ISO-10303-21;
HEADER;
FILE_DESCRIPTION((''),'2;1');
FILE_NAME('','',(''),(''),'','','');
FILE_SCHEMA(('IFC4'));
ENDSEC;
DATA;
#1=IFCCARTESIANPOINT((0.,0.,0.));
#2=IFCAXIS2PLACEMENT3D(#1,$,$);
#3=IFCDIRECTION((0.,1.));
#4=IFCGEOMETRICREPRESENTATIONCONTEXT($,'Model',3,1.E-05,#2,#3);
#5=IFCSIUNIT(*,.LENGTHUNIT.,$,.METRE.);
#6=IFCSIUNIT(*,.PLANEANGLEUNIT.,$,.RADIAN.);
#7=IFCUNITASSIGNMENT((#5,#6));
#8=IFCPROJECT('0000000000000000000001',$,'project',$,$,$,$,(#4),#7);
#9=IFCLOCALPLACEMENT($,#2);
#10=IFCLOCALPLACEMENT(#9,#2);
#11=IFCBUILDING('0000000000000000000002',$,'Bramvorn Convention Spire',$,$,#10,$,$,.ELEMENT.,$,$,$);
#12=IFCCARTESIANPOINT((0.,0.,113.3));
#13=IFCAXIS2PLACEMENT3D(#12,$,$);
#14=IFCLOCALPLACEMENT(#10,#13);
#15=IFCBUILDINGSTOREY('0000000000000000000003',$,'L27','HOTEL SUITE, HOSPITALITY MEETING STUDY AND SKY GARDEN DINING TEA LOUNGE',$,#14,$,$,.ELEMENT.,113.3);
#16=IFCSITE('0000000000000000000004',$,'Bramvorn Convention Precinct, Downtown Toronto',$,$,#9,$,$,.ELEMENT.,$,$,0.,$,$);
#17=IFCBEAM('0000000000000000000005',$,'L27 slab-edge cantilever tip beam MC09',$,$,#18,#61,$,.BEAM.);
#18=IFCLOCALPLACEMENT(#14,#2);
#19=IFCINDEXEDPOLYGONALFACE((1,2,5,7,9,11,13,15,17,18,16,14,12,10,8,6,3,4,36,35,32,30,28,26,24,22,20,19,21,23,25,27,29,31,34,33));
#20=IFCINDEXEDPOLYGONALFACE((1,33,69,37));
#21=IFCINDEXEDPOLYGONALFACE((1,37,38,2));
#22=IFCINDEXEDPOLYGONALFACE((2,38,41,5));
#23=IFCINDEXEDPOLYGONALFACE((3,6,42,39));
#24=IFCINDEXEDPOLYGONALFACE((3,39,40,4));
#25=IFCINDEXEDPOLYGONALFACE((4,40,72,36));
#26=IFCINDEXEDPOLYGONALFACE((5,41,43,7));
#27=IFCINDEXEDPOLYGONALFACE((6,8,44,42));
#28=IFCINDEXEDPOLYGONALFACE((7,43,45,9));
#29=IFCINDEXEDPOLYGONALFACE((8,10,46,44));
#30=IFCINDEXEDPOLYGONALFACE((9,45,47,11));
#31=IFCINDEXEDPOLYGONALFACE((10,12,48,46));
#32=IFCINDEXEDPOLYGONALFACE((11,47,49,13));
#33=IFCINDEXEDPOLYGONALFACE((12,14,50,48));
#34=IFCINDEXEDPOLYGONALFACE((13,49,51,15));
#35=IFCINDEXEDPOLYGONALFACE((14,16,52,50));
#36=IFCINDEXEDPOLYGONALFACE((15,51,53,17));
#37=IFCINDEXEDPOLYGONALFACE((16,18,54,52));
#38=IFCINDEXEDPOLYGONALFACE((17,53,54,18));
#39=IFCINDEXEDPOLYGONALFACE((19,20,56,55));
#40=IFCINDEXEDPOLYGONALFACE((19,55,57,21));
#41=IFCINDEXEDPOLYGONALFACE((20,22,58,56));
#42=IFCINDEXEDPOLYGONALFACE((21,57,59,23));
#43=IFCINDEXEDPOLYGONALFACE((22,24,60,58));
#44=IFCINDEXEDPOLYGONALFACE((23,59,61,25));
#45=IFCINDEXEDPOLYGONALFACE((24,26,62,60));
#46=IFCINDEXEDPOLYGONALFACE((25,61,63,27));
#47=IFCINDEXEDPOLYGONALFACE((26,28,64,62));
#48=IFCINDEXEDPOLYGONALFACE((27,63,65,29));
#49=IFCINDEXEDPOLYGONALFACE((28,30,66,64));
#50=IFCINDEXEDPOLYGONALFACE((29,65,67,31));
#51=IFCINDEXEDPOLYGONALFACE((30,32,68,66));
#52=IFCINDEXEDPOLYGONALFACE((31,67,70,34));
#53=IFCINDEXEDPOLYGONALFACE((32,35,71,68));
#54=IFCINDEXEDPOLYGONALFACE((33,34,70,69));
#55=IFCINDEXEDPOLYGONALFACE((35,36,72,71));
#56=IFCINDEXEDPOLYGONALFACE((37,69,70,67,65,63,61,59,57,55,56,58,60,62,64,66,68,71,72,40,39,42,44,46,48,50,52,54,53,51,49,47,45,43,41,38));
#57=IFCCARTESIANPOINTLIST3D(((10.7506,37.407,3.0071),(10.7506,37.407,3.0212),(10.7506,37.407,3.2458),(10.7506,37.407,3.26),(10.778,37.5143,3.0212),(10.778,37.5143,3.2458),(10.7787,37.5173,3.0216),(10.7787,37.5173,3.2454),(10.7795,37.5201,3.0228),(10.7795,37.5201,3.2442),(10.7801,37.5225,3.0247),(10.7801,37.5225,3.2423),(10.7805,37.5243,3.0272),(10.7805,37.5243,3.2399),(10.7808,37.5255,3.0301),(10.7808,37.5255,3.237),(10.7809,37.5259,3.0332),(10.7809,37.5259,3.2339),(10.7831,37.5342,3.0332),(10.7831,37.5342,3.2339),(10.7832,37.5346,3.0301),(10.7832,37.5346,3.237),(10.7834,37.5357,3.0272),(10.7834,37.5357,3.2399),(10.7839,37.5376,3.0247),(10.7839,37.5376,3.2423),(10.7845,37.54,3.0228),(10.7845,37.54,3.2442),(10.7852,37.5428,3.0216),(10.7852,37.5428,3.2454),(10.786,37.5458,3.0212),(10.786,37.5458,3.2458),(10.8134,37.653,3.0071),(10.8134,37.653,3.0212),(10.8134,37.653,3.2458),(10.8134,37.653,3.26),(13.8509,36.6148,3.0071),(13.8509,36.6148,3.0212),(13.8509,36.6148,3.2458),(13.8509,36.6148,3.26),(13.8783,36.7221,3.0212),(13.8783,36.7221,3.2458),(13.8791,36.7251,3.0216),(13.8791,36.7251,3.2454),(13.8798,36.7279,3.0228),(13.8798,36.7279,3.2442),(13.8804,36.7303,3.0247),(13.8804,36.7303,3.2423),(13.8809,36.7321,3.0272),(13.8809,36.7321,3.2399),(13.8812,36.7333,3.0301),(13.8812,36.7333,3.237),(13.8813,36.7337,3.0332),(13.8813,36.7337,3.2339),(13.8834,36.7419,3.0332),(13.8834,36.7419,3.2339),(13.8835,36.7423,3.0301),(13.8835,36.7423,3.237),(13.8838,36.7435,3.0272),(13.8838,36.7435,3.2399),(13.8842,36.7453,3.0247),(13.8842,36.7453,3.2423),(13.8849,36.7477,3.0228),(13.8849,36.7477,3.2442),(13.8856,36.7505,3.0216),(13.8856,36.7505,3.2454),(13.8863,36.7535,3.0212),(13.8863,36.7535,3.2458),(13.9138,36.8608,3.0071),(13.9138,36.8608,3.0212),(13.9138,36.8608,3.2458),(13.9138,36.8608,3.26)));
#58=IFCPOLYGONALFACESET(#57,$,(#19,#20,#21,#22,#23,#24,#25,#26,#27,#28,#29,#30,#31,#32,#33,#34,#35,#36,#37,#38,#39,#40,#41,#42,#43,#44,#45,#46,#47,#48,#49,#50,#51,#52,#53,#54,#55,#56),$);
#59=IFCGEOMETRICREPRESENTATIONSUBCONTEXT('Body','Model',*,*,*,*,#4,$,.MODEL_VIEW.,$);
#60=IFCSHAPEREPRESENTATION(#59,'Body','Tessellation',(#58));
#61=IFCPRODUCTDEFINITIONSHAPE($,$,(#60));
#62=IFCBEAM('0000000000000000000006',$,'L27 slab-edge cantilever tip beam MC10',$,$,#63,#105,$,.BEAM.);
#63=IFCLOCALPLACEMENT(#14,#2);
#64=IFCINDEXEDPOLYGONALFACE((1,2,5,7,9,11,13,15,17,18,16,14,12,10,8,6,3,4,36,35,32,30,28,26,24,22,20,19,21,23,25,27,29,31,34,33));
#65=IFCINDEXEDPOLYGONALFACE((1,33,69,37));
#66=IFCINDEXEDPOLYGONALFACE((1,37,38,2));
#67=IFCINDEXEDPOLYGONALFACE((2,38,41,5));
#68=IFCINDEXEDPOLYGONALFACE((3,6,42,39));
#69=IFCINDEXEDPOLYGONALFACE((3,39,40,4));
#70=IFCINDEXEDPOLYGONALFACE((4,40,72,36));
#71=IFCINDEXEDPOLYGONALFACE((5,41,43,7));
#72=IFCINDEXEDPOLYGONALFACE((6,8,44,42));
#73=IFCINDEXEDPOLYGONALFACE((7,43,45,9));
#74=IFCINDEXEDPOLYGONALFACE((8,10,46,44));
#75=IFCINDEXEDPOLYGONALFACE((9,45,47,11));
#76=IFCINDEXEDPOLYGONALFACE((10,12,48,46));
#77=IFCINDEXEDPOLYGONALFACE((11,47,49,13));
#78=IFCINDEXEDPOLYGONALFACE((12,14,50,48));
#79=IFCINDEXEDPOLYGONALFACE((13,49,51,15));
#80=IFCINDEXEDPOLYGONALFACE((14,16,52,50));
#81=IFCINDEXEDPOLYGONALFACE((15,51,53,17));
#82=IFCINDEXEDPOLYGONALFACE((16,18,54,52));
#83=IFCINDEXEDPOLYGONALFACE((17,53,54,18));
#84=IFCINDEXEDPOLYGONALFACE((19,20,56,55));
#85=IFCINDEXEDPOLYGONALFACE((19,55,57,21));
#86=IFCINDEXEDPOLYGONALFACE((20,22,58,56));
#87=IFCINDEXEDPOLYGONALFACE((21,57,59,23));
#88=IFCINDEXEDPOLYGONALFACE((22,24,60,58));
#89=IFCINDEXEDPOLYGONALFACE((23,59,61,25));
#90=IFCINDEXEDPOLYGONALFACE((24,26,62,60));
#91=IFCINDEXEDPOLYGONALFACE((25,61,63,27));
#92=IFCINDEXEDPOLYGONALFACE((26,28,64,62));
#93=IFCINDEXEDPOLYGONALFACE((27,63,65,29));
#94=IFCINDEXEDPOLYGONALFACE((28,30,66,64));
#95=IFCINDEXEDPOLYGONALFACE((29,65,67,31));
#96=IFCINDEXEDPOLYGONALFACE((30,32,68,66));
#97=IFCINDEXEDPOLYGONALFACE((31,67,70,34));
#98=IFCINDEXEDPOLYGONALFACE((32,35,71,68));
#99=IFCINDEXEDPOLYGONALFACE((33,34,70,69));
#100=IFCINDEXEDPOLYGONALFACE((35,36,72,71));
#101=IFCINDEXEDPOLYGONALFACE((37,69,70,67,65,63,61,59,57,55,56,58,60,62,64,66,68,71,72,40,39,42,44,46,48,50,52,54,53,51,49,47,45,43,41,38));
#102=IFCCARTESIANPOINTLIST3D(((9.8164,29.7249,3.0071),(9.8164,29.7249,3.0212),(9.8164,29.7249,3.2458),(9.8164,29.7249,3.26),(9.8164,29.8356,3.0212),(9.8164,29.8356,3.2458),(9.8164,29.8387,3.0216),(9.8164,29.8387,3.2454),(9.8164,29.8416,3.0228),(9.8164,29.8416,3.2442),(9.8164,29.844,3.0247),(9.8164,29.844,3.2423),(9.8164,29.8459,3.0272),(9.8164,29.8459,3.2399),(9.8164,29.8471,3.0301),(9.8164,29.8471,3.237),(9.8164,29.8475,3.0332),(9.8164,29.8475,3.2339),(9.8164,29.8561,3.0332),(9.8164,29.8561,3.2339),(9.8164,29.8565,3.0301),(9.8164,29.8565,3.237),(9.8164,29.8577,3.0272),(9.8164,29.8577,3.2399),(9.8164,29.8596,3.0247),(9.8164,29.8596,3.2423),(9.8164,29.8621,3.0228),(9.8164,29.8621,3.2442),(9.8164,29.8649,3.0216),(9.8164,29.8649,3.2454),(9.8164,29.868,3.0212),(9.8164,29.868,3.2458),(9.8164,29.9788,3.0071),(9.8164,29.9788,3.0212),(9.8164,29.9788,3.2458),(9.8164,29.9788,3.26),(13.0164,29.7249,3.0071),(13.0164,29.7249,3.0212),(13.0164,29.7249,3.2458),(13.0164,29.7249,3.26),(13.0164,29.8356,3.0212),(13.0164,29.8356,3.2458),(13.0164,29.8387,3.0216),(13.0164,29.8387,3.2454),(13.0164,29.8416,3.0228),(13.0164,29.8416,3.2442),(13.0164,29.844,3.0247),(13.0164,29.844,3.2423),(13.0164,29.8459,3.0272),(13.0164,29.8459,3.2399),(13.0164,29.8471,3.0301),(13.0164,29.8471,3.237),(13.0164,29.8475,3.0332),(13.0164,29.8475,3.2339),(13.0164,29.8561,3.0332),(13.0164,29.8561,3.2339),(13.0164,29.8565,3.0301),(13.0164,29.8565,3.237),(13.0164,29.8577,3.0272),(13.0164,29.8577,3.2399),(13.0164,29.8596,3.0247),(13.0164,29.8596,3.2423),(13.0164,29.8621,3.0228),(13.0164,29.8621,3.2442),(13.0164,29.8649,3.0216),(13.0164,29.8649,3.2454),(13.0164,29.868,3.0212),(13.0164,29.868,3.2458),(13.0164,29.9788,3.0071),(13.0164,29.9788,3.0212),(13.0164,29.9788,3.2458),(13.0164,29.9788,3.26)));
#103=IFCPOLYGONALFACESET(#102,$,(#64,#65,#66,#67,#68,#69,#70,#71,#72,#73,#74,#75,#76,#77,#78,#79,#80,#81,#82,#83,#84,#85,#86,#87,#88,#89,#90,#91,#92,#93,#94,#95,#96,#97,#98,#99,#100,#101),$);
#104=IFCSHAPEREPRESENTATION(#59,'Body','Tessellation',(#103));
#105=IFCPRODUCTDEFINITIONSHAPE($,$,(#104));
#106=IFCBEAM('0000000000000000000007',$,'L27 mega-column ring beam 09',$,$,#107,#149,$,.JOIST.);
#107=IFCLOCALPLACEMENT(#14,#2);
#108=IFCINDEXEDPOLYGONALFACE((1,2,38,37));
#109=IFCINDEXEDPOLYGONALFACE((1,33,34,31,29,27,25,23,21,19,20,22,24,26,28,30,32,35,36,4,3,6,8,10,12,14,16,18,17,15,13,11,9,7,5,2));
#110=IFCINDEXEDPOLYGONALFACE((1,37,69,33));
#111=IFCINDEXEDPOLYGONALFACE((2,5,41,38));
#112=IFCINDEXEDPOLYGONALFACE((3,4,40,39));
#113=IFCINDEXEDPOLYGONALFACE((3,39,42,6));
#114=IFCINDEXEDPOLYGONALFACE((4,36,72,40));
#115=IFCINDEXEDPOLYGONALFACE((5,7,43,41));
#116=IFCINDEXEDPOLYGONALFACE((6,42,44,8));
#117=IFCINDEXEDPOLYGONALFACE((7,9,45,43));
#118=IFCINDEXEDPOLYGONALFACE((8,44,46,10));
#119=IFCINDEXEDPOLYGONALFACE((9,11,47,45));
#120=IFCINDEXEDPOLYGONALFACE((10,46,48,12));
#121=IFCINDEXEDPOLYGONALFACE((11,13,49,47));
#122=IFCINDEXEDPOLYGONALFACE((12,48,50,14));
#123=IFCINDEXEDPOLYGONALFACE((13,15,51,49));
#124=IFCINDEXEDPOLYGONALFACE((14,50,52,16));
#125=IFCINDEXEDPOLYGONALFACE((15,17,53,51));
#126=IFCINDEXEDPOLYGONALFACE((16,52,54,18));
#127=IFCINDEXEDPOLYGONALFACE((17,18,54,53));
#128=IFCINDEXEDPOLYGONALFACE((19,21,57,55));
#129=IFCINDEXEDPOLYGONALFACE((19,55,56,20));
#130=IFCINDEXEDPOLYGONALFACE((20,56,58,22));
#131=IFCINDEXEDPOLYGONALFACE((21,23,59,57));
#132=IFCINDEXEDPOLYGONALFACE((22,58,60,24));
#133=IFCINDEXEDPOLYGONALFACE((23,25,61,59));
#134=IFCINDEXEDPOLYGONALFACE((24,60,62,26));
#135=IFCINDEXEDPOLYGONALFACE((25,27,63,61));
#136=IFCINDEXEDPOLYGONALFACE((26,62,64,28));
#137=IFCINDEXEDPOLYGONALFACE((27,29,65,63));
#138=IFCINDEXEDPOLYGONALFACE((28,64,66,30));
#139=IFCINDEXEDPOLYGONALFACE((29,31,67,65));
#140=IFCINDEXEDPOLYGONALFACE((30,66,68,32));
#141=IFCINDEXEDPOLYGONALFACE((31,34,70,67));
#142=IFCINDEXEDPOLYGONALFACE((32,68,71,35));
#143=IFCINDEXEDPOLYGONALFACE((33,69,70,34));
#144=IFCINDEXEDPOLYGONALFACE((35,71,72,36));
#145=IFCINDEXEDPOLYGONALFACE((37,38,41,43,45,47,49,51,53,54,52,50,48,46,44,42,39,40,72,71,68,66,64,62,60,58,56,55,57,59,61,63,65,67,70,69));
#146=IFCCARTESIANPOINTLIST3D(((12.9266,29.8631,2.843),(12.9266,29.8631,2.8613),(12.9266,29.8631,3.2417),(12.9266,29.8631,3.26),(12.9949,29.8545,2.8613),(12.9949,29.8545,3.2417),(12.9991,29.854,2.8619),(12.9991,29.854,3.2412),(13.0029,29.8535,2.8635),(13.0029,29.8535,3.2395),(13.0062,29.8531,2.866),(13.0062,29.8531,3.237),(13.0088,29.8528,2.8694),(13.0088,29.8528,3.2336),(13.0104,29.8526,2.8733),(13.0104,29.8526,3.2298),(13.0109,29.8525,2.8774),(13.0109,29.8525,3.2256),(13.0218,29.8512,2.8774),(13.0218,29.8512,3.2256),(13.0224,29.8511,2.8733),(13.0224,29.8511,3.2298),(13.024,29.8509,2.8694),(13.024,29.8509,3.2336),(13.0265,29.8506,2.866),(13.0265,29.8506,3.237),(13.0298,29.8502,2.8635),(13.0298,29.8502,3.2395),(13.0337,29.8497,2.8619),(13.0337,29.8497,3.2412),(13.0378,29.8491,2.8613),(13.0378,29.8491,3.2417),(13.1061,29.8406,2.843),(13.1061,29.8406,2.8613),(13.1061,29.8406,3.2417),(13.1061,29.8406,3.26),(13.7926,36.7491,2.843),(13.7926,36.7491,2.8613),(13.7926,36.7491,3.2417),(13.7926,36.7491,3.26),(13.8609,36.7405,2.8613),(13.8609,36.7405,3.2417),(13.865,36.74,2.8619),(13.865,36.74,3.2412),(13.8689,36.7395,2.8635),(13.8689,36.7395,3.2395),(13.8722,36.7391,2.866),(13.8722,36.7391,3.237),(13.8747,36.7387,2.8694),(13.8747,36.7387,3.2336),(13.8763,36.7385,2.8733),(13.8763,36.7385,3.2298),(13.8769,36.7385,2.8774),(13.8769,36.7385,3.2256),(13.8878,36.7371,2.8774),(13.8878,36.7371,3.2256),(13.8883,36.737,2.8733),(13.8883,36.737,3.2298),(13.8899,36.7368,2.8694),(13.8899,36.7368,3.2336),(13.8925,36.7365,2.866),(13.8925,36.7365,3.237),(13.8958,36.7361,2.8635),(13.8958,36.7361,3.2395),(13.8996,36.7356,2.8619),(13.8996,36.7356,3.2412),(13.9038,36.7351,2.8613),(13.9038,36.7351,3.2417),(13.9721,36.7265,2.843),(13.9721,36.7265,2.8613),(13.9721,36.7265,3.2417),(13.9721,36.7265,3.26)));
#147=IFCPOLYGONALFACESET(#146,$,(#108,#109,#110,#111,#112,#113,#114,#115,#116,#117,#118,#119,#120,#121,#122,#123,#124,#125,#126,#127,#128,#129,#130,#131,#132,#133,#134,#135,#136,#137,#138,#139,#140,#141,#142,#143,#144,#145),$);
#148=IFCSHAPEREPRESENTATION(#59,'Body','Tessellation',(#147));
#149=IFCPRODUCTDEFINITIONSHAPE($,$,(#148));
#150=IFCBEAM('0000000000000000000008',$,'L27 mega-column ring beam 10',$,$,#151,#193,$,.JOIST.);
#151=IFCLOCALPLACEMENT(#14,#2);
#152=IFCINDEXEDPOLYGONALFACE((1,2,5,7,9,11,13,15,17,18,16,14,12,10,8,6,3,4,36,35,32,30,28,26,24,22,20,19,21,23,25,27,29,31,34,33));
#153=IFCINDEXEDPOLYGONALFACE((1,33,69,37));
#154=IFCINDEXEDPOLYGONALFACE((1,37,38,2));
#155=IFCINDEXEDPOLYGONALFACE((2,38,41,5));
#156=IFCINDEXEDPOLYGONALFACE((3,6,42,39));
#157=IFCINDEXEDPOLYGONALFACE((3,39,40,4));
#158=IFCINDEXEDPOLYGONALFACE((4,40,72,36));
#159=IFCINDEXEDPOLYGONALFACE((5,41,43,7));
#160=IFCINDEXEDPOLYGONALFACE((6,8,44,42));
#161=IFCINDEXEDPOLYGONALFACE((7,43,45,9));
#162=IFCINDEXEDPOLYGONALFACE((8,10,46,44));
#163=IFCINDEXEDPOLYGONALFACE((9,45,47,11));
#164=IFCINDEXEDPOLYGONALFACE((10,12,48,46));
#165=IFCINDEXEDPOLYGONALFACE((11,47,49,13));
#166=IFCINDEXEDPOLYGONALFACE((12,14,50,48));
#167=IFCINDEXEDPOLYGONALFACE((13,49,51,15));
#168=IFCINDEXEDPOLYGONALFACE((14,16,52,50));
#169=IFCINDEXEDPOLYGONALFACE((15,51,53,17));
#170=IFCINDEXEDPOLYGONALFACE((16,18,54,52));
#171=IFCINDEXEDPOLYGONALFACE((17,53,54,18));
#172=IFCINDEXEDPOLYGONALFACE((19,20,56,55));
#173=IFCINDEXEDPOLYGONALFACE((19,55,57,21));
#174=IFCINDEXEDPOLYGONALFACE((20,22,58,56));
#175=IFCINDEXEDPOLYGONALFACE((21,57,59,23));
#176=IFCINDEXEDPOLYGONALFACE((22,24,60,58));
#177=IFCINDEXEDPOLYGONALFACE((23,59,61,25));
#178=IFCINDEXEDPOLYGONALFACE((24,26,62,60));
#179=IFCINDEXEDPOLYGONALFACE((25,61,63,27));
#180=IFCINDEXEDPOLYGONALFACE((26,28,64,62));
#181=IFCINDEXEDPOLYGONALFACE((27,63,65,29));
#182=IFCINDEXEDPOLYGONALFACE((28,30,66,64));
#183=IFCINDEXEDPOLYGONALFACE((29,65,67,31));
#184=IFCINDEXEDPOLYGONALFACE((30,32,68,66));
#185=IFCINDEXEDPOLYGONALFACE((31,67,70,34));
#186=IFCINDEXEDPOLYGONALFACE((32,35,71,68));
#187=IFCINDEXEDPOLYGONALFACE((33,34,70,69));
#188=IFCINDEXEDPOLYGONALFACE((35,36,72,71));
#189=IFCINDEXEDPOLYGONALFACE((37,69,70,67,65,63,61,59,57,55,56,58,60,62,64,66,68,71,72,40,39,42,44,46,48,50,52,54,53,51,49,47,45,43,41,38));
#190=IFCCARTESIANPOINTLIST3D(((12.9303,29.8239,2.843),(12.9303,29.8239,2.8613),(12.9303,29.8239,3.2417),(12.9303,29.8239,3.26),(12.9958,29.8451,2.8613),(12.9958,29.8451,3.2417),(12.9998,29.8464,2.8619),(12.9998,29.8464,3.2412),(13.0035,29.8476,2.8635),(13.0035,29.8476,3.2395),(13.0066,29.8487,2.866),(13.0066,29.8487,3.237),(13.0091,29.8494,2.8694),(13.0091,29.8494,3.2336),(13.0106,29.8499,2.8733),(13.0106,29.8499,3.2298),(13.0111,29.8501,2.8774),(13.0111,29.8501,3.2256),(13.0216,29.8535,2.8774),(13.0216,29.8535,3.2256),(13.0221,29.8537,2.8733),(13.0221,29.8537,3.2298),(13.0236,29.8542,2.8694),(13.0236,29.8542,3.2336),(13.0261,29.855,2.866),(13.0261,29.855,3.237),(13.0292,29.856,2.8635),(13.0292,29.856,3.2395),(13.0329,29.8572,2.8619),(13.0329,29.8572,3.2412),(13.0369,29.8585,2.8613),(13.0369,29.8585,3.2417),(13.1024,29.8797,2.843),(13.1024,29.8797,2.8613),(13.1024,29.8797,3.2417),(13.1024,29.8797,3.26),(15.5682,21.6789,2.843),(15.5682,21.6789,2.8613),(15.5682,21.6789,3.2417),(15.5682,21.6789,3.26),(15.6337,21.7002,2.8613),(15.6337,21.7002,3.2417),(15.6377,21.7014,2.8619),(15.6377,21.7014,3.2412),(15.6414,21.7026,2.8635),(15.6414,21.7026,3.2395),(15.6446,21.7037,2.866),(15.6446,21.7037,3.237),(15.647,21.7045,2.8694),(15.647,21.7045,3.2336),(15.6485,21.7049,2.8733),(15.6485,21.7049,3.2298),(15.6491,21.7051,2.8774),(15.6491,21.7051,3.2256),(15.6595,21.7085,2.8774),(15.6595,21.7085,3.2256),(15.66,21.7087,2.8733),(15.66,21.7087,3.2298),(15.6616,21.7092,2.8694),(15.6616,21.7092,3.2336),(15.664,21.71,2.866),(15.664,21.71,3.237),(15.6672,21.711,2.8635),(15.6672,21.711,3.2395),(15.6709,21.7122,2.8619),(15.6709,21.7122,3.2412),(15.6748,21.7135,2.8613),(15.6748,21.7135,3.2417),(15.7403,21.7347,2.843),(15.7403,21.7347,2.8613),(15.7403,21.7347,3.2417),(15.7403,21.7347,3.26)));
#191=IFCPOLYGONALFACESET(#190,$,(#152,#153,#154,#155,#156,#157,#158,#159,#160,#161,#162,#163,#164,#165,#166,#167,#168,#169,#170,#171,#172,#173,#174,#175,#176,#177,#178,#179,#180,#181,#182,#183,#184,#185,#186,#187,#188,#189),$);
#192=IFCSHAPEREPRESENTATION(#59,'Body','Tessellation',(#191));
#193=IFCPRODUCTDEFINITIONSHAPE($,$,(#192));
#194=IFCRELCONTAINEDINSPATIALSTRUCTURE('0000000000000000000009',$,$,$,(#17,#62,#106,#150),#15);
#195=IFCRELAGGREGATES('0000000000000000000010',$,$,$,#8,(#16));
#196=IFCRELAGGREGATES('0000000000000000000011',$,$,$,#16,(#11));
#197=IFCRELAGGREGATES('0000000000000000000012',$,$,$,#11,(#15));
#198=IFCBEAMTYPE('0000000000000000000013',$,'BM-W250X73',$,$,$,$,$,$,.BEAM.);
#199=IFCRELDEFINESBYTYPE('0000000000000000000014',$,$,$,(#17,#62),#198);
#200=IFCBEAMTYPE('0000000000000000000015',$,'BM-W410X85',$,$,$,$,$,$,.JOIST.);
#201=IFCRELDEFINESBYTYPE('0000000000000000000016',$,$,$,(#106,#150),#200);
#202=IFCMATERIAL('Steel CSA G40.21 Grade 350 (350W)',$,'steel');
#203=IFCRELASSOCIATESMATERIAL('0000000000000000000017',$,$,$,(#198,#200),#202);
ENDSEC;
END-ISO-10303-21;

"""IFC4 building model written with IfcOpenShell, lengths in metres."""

from ifc_helpers import new_model, si_unit, direction, frame, origin, origin_2d, place, context, subcontext, project, spatial, i_section, extrude, material, material_profile, profile_set, type_object, element, save


model = new_model("IFC4")

# Units and contexts
model_context = context("Model", 3, precision=1e-05, world=origin(), true_north=direction((0.0, 1.0)))
body_context = subcontext(model_context, "Body", "Model", "MODEL_VIEW")
ifc_project = project(units=[si_unit("LENGTHUNIT", "METRE"), si_unit("PLANEANGLEUNIT", "RADIAN")], contexts=[model_context])

# Site, building, storey
site_placement = place(None, origin())
site = spatial("IfcSite", under=ifc_project, at=site_placement, Name="Bramvorn Convention Precinct, Downtown Toronto", CompositionType="ELEMENT", RefElevation=0.0)
building_placement = place(site_placement, origin())
building = spatial("IfcBuilding", under=site, at=building_placement, Name="Bramvorn Convention Spire", CompositionType="ELEMENT")
storey_placement = place(building_placement, frame((0.0, 0.0, 113.3)))
storey = spatial("IfcBuildingStorey", under=building, at=storey_placement, Name="L27", Description="HOTEL SUITE, HOSPITALITY MEETING STUDY AND SKY GARDEN DINING TEA LOUNGE", CompositionType="ELEMENT", Elevation=113.3)

# Shared definitions
ifc_material_1 = material(Name="Steel CSA G40.21 Grade 350 (350W)", Category="steel")

# Beams
ifc_material_profile_1 = material_profile(ifc_material_1, i_section(OverallWidth=0.2539, OverallDepth=0.2529, WebThickness=0.0085, FlangeThickness=0.0142, FilletRadius=0.012, at=origin_2d()))
ifc_profile_set_1 = profile_set([ifc_material_profile_1], Name="Steel CSA G40.21 Grade 350 (350W) - W250X73")
beam_type_1 = type_object("IfcBeamType", Name="BM-W250X73", PredefinedType="BEAM", material=ifc_profile_set_1)
for number, where, z_axis, x_axis, name in (
    (1, (13.8823, 36.7378, 3.1335), (-0.968868, 0.247577, 0.0), (-0.247577, -0.968868, 0.0), "L27 slab-edge cantilever tip beam MC09"),
    (2, (13.0164, 29.8518, 3.1335), (-1.0, 0.0, 0.0), (0.0, -1.0, 0.0), "L27 slab-edge cantilever tip beam MC10"),
):
    element("IfcBeam", number, at=place(storey_placement, frame(where, z_axis=z_axis, x_axis=x_axis)), inside=storey, type_object=beam_type_1, Name=name, PredefinedType="BEAM", context=body_context, shape_type="SweptSolid", body=[
        extrude(i_section(OverallWidth=0.2539, OverallDepth=0.2529, WebThickness=0.0085, FlangeThickness=0.0142, FilletRadius=0.012, at=origin_2d()), origin(), (0.0, 0.0, 1.0), 3.2),
    ])
ifc_material_profile_2 = material_profile(ifc_material_1, i_section(OverallWidth=0.1809, OverallDepth=0.417, WebThickness=0.011, FlangeThickness=0.0183, FilletRadius=0.0161, at=origin_2d()))
ifc_profile_set_2 = profile_set([ifc_material_profile_2], Name="Steel CSA G40.21 Grade 350 (350W) - W410X85")
beam_type_2 = type_object("IfcBeamType", Name="BM-W410X85", PredefinedType="JOIST", material=ifc_profile_set_2)
beam_1_placement = place(storey_placement, frame((13.8823, 36.7378, 3.0515), z_axis=(-0.124775, -0.992185, 0.0), x_axis=(0.992185, -0.124775, 0.0)))
element("IfcBeam", 3, at=beam_1_placement, inside=storey, type_object=beam_type_2, Name="L27 mega-column ring beam 09", PredefinedType="JOIST", context=body_context, shape_type="SweptSolid", body=[
    extrude(i_section(OverallWidth=0.1809, OverallDepth=0.417, WebThickness=0.011, FlangeThickness=0.0183, FilletRadius=0.0161, at=origin_2d()), origin(), (0.0, 0.0, 1.0), 6.9402),
])
beam_2_placement = place(storey_placement, frame((13.0164, 29.8518, 3.0515), z_axis=(0.308115, -0.951349, 0.0), x_axis=(0.951349, 0.308115, 0.0)))
element("IfcBeam", 4, at=beam_2_placement, inside=storey, type_object=beam_type_2, Name="L27 mega-column ring beam 10", PredefinedType="JOIST", context=body_context, shape_type="SweptSolid", body=[
    extrude(i_section(OverallWidth=0.1809, OverallDepth=0.417, WebThickness=0.011, FlangeThickness=0.0183, FilletRadius=0.0161, at=origin_2d()), origin(), (0.0, 0.0, 1.0), 8.5615),
])

save(model, "model.ifc")
